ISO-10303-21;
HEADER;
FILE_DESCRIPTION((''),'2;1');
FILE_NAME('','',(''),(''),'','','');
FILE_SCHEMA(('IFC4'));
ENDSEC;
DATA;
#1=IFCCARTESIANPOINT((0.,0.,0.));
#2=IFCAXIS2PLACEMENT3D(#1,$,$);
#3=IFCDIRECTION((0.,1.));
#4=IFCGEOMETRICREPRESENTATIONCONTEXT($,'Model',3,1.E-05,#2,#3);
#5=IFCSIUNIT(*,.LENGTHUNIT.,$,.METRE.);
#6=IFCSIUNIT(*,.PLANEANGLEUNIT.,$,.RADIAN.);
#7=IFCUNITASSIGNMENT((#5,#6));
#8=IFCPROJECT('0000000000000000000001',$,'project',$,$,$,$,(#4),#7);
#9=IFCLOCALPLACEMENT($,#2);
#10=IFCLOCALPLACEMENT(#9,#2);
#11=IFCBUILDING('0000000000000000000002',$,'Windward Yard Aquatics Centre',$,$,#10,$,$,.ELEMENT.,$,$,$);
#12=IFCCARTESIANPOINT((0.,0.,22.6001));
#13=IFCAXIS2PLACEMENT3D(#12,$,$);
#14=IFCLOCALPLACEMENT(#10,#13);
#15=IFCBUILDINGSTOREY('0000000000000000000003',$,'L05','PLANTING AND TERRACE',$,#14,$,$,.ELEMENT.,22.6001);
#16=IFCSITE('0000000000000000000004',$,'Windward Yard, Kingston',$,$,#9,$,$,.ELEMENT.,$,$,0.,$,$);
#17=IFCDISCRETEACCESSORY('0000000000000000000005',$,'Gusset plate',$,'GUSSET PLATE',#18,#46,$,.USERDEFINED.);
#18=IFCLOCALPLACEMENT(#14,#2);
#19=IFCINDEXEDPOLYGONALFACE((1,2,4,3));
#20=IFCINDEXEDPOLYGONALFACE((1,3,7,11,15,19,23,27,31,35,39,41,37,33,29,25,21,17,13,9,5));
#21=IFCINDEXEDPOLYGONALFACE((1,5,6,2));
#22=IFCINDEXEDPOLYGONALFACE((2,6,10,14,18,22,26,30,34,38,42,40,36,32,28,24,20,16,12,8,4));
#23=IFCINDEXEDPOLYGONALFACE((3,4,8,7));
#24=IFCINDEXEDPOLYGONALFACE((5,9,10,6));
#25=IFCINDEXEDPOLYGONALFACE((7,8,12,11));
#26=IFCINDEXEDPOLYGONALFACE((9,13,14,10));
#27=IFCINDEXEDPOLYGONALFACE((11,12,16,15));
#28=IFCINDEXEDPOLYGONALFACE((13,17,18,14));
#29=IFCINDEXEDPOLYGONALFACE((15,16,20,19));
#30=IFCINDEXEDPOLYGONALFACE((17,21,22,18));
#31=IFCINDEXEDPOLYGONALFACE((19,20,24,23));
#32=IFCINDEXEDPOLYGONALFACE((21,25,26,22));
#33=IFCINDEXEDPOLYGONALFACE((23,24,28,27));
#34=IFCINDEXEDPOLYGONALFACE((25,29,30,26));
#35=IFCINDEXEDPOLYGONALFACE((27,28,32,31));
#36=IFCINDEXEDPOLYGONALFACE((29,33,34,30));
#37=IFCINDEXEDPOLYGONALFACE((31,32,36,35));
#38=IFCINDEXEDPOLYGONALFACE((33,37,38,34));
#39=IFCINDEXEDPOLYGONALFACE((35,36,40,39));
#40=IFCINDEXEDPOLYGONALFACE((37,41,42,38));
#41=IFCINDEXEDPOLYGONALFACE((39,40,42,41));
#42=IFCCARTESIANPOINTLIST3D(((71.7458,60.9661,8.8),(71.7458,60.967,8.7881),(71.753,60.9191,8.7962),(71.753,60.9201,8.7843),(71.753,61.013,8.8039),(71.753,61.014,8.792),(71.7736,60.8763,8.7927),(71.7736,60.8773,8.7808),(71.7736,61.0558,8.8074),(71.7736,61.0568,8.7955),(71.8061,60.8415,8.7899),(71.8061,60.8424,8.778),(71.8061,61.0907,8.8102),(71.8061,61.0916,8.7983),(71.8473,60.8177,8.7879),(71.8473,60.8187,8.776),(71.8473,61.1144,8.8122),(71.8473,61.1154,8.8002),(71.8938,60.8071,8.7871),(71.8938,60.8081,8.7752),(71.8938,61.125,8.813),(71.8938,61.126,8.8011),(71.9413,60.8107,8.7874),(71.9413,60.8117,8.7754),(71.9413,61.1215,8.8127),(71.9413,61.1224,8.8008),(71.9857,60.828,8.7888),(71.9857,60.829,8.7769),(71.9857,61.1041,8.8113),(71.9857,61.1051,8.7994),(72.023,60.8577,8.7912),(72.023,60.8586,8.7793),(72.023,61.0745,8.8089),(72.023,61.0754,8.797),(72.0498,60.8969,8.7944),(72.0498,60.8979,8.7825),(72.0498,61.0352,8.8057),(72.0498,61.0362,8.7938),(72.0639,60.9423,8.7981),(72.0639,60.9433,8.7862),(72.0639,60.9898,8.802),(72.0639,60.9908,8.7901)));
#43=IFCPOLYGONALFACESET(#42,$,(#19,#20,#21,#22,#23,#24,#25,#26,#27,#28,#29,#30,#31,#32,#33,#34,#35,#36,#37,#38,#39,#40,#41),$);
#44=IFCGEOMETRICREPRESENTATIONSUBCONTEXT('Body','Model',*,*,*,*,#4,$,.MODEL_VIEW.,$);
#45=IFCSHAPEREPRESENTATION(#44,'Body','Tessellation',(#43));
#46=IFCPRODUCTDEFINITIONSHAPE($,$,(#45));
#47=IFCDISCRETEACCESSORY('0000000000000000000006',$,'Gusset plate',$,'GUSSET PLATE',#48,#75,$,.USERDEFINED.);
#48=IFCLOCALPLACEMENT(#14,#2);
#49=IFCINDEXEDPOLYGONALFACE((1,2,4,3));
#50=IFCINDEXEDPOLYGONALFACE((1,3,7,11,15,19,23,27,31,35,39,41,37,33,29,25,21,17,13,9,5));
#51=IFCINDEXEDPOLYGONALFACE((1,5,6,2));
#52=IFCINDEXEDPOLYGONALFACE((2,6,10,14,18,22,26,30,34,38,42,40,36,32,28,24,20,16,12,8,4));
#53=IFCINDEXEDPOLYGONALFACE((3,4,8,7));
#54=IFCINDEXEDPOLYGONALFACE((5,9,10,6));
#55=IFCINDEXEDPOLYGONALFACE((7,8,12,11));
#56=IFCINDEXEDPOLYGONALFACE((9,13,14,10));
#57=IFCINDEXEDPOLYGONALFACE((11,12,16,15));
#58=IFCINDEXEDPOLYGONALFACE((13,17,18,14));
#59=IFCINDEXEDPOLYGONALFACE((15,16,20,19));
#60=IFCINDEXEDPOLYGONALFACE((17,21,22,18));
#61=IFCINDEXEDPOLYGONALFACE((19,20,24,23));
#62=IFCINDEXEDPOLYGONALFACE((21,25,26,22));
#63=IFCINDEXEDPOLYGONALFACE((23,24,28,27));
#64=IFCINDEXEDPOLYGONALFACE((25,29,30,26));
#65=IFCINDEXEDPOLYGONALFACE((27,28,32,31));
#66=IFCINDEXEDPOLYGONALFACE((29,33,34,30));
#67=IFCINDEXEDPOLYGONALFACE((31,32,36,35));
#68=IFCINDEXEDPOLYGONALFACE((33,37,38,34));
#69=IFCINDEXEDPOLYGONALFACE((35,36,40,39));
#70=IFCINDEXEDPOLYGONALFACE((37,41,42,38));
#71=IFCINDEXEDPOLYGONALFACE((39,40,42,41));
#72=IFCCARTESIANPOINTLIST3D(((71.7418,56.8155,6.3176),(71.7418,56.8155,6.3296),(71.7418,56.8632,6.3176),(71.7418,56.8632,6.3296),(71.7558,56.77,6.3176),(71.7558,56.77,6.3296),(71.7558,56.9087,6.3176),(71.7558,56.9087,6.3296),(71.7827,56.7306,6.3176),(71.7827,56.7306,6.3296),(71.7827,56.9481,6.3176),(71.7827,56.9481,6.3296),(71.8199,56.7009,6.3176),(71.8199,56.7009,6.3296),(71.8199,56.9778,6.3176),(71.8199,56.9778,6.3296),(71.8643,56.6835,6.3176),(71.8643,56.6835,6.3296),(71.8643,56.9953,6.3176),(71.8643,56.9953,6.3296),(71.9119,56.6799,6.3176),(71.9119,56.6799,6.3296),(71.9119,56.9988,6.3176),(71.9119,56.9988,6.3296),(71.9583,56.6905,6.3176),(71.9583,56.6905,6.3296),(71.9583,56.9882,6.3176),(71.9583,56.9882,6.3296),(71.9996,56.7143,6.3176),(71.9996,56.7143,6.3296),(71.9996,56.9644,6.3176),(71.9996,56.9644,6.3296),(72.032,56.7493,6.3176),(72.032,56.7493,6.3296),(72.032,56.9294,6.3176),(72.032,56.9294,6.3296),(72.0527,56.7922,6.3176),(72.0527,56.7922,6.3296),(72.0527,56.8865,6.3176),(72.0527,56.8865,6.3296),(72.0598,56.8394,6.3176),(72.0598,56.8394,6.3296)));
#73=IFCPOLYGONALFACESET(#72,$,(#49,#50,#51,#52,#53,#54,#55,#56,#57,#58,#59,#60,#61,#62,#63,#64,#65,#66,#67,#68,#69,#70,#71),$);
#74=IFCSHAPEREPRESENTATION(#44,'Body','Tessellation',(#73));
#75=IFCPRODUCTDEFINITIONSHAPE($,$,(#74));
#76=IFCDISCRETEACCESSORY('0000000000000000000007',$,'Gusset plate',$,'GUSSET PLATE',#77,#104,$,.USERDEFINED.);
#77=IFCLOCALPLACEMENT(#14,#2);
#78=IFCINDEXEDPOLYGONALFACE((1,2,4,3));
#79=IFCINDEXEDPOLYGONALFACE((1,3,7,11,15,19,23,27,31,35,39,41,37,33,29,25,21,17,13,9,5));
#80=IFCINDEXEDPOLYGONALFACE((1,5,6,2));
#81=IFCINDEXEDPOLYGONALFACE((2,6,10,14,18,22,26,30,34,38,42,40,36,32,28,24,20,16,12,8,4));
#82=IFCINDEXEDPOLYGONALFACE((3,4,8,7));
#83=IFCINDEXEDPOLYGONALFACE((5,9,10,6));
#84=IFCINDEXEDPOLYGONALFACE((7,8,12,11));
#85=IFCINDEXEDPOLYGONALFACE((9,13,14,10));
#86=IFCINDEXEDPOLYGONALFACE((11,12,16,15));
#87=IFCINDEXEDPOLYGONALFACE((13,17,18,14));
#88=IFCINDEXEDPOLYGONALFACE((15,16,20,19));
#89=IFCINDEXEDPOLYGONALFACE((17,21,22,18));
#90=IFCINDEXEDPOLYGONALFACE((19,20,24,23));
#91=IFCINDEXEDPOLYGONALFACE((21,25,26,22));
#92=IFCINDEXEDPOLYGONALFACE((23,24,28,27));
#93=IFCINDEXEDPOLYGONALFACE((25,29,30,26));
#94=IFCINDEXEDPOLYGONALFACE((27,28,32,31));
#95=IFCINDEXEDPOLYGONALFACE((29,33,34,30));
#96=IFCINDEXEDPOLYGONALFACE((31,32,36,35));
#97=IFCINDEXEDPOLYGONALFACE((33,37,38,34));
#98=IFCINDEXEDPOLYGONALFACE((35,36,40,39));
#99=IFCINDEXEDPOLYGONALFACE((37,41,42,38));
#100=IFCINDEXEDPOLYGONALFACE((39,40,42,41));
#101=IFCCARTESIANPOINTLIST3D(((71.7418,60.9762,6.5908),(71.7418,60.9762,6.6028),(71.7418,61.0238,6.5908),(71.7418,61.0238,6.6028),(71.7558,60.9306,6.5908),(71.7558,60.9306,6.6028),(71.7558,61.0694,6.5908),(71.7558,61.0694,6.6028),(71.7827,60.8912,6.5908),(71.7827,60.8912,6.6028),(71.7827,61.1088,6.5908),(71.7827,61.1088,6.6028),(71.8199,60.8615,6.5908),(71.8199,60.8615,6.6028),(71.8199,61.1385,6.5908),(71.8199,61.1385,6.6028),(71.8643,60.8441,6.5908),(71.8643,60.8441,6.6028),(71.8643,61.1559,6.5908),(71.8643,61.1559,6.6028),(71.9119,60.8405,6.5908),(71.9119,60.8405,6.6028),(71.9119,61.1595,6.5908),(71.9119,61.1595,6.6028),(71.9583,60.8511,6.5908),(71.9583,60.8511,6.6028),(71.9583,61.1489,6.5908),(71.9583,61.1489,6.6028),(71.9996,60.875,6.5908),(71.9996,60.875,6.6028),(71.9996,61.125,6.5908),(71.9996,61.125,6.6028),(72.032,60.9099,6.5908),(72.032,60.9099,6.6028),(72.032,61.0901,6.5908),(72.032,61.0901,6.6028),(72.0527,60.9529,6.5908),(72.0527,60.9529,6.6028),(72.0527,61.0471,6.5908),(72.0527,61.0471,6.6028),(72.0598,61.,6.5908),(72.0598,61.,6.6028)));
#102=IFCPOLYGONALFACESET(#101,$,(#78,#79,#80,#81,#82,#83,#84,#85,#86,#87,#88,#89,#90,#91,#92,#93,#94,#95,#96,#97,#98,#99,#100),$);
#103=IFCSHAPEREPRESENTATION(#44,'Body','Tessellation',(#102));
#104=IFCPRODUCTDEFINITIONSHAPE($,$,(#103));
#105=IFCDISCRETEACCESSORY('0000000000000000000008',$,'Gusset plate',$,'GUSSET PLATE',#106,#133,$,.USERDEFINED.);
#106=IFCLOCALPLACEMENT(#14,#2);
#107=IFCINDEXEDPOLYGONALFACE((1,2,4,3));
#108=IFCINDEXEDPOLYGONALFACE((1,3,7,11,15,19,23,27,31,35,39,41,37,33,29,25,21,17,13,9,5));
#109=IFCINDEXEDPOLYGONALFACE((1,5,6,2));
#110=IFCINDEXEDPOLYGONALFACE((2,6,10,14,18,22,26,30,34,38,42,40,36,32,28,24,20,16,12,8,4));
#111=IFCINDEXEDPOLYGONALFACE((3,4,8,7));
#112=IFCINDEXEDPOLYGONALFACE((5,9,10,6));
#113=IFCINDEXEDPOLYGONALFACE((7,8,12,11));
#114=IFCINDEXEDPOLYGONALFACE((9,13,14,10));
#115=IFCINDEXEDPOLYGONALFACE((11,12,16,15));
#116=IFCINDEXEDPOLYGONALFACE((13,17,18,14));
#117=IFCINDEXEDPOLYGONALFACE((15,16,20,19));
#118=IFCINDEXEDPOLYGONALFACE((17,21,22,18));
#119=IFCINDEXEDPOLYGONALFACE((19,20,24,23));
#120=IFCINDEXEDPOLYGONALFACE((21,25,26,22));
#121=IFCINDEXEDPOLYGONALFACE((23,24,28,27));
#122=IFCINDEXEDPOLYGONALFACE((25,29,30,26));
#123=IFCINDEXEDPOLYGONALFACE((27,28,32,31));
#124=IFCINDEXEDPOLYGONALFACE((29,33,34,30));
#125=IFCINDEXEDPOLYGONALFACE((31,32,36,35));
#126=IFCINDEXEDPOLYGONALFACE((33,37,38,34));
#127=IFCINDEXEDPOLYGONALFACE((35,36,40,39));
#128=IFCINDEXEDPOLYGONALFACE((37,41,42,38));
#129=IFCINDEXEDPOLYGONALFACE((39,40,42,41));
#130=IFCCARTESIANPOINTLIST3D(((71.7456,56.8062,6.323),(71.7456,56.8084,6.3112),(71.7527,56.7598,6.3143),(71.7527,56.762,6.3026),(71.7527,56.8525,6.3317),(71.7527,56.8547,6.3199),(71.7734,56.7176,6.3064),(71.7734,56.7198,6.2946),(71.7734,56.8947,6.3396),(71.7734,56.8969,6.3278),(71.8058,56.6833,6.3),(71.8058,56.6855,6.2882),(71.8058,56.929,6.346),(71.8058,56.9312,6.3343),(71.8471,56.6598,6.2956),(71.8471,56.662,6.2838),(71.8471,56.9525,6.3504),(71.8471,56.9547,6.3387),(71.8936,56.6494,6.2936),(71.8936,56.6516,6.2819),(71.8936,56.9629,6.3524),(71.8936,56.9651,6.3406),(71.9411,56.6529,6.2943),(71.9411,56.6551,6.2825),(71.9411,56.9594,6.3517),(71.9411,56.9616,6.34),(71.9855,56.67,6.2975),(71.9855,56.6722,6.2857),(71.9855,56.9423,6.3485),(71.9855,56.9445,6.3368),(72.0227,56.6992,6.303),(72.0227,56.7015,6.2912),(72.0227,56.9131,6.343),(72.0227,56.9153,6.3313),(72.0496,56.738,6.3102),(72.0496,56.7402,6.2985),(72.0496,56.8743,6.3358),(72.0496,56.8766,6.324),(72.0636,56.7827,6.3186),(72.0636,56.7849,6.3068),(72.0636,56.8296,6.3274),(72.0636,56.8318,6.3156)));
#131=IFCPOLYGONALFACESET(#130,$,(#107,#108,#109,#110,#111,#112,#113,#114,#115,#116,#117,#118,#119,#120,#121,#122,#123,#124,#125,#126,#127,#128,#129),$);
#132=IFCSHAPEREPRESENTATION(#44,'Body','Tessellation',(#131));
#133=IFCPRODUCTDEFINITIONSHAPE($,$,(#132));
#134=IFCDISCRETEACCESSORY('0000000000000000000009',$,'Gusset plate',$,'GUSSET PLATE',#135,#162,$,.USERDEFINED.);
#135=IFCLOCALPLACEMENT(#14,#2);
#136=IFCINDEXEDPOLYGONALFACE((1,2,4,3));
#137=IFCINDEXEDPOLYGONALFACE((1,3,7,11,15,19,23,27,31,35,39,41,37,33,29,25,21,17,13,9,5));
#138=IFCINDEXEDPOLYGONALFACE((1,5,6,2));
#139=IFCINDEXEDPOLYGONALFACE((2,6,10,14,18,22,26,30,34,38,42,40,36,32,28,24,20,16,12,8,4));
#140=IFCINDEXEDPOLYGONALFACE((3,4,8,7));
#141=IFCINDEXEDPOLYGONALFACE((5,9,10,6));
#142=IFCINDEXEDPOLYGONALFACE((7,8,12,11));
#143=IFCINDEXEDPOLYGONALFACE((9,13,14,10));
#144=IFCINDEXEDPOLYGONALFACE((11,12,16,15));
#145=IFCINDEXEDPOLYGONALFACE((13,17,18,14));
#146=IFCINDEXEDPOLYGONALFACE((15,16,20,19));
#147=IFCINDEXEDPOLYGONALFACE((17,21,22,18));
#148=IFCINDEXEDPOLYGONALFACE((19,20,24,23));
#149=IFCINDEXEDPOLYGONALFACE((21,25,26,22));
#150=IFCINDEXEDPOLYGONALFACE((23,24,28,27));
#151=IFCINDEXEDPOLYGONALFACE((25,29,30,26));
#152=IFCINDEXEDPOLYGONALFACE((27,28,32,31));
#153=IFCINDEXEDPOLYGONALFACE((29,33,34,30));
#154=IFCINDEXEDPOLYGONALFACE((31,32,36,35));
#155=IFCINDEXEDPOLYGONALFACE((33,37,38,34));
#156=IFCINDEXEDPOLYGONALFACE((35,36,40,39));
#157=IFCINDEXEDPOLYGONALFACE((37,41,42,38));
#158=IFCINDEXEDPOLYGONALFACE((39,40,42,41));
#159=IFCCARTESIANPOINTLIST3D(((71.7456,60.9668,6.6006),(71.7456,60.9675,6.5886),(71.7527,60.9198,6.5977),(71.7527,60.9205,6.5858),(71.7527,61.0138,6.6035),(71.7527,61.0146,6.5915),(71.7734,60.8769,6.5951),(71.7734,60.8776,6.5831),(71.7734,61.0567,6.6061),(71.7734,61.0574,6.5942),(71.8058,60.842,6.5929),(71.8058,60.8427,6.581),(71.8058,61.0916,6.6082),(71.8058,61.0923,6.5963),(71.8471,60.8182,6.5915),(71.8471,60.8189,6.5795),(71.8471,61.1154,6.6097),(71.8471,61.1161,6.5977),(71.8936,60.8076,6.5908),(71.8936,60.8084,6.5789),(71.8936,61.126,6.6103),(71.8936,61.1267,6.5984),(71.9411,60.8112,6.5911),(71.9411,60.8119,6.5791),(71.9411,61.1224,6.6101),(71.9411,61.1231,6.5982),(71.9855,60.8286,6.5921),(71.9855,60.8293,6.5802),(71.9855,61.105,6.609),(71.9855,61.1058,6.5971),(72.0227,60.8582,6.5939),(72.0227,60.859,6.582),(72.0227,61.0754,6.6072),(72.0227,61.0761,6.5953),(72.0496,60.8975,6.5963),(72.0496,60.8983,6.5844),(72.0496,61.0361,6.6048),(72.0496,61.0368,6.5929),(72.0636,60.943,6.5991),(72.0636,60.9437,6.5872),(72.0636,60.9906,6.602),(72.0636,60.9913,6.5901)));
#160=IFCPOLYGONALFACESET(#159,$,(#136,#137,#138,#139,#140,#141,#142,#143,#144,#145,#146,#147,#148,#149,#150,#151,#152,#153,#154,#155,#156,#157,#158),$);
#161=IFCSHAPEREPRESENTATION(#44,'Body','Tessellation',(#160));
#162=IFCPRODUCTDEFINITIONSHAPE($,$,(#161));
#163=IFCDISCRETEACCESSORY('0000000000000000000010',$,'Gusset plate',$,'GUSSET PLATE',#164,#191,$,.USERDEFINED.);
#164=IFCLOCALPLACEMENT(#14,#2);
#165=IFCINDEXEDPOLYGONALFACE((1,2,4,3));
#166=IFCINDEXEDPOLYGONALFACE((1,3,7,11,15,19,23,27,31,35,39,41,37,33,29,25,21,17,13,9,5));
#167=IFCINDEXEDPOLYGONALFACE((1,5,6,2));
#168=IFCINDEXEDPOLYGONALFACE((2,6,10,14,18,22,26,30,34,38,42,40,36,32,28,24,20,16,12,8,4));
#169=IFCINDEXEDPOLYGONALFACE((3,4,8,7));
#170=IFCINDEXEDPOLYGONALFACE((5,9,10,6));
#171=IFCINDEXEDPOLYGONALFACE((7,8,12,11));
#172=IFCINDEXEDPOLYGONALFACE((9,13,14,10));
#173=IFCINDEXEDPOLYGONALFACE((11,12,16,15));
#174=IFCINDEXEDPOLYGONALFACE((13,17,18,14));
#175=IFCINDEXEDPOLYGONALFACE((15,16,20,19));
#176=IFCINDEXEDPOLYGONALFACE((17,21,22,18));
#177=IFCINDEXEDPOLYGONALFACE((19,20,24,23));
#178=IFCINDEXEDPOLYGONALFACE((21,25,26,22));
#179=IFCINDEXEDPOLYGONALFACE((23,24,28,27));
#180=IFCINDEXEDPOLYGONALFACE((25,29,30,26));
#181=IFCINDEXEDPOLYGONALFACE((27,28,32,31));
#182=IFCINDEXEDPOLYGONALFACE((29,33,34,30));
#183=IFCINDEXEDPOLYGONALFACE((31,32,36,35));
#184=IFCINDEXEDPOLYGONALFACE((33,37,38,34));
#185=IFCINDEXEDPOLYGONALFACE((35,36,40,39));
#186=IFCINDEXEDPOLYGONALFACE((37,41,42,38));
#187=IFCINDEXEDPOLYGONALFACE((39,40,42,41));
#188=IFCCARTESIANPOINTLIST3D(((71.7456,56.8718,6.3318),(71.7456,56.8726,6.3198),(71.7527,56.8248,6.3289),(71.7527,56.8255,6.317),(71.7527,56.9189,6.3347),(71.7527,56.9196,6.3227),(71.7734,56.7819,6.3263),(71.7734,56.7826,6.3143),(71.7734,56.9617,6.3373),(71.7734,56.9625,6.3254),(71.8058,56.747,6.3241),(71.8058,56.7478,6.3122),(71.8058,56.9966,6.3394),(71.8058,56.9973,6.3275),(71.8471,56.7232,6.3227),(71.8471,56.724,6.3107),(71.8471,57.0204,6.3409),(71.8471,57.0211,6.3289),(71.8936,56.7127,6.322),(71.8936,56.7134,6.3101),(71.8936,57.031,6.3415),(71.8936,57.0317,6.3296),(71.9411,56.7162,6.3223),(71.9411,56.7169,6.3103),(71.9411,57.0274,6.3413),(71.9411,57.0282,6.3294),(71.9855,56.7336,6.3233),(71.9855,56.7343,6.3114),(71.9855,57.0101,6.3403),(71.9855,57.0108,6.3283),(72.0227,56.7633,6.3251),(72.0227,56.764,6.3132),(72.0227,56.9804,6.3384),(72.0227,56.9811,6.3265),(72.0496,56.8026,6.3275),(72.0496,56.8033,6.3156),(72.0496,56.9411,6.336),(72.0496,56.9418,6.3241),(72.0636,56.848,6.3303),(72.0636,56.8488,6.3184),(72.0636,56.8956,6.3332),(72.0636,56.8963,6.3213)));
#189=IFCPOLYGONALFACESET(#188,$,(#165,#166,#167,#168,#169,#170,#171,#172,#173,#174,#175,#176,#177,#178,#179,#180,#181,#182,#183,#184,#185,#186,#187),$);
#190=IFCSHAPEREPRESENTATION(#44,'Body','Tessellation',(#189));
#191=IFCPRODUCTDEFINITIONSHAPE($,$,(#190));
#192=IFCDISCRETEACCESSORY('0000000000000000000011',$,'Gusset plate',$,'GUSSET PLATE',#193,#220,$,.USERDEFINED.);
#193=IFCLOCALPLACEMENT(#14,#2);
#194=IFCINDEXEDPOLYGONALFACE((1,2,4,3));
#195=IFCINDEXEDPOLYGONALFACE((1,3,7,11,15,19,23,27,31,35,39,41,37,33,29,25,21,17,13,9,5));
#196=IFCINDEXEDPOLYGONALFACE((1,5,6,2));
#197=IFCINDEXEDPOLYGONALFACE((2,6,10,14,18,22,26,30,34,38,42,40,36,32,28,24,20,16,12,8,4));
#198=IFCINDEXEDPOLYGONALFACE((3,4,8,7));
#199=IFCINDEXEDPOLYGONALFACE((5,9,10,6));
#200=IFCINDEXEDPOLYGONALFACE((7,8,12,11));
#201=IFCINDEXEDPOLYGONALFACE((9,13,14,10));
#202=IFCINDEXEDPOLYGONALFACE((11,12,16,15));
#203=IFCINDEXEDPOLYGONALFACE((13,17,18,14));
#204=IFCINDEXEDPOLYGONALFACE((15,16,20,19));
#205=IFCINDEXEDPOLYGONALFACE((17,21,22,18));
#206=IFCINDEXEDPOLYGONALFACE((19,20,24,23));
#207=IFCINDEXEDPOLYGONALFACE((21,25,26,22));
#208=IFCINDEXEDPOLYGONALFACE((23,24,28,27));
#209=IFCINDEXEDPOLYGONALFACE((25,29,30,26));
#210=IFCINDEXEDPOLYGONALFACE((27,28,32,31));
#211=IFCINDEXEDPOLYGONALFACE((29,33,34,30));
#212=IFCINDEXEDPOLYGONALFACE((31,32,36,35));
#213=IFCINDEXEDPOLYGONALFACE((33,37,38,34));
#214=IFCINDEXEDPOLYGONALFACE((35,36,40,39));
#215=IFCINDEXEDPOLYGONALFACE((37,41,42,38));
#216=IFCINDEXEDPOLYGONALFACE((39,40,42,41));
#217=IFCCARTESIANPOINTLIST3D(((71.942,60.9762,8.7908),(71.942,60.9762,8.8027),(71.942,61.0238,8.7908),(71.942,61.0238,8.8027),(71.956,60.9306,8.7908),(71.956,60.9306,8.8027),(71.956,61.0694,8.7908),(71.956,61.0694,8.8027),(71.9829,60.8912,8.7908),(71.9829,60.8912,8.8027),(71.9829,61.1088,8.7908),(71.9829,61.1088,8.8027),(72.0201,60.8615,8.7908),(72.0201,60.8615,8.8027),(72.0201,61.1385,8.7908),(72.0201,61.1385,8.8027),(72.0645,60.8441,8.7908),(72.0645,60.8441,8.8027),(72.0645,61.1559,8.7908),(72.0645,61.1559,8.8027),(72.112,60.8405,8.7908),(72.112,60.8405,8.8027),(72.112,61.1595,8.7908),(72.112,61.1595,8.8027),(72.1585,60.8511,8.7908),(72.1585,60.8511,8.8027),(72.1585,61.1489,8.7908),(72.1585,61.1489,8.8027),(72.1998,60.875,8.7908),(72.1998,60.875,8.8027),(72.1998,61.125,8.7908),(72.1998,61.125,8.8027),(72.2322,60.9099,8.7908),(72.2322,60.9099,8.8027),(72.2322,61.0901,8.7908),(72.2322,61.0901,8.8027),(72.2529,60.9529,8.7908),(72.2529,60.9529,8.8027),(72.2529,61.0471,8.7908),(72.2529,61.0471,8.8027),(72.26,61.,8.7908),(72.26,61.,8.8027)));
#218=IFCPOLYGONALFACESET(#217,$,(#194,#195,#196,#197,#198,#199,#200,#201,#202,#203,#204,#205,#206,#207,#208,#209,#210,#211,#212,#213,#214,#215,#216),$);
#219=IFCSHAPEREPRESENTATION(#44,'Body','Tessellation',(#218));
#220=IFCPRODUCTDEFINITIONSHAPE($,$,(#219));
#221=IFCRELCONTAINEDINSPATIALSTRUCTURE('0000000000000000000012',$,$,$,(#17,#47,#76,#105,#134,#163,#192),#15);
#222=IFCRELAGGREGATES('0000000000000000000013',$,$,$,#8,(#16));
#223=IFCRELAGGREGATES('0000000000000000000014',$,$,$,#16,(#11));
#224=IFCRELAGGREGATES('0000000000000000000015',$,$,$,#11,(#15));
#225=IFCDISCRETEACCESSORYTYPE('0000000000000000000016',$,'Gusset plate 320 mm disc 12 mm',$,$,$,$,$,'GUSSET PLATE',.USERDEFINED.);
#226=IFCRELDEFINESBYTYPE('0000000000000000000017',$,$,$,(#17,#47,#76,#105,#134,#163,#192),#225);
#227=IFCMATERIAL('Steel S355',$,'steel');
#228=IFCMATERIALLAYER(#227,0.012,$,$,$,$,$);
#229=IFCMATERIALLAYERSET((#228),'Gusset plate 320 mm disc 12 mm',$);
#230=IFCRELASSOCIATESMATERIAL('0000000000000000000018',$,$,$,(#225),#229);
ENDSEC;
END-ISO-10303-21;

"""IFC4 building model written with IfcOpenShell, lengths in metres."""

from ifc_helpers import new_model, si_unit, direction, frame, origin, origin_2d, place, context, subcontext, project, spatial, circle, extrude, material, layer, layer_set, type_object, element, save


model = new_model("IFC4")

# Units and contexts
model_context = context("Model", 3, precision=1e-05, world=origin(), true_north=direction((0.0, 1.0)))
body_context = subcontext(model_context, "Body", "Model", "MODEL_VIEW")
ifc_project = project(units=[si_unit("LENGTHUNIT", "METRE"), si_unit("PLANEANGLEUNIT", "RADIAN")], contexts=[model_context])

# Site, building, storey
site_placement = place(None, origin())
site = spatial("IfcSite", under=ifc_project, at=site_placement, Name="Windward Yard, Kingston", CompositionType="ELEMENT", RefElevation=0.0)
building_placement = place(site_placement, origin())
building = spatial("IfcBuilding", under=site, at=building_placement, Name="Windward Yard Aquatics Centre", CompositionType="ELEMENT")
storey_placement = place(building_placement, frame((0.0, 0.0, 22.6001)))
storey = spatial("IfcBuildingStorey", under=building, at=storey_placement, Name="L05", Description="PLANTING AND TERRACE", CompositionType="ELEMENT", Elevation=22.6001)

# Discrete accessories
ifc_material_1 = material(Name="Steel S355", Category="steel")
ifc_layer = layer(ifc_material_1, 0.012)
ifc_layer_set = layer_set([ifc_layer], Name="Gusset plate 320 mm disc 12 mm")
discrete_accessory_type = type_object("IfcDiscreteAccessoryType", Name="Gusset plate 320 mm disc 12 mm", ElementType="GUSSET PLATE", PredefinedType="USERDEFINED", material=ifc_layer_set)
for number, where, z_axis, x_axis, name in (
    (1, (71.9058, 60.9661, 8.8), (0.0, 0.081362, -0.996685), (-1.0, 0.0, 0.0), "Gusset plate"),
    (2, (71.8999, 56.8394, 6.3176), (0.0, 0.0, 1.0), (1.0, 0.0, 0.0), "Gusset plate"),
    (3, (71.8999, 61.0, 6.5908), (0.0, 0.0, 1.0), (1.0, 0.0, 0.0), "Gusset plate"),
    (4, (71.9055, 56.8062, 6.323), (0.0, 0.184289, -0.982872), (-1.0, 0.0, 0.0), "Gusset plate"),
    (5, (71.9055, 60.9668, 6.6006), (0.0, 0.06111, -0.998131), (-1.0, 0.0, 0.0), "Gusset plate"),
    (6, (71.9055, 56.8718, 6.3318), (0.0, 0.06111, -0.998131), (-1.0, 0.0, 0.0), "Gusset plate"),
    (7, (72.1001, 61.0, 8.7908), (0.0, 0.0, 1.0), (1.0, 0.0, 0.0), "Gusset plate"),
):
    element("IfcDiscreteAccessory", number, at=place(storey_placement, frame(where, z_axis=z_axis, x_axis=x_axis)), inside=storey, type_object=discrete_accessory_type, Name=name, ObjectType="GUSSET PLATE", PredefinedType="USERDEFINED", context=body_context, shape_type="SweptSolid", body=[
        extrude(circle(Radius=0.1599, at=origin_2d()), origin(), (0.0, 0.0, 1.0), 0.012),
    ])

save(model, "model.ifc")
